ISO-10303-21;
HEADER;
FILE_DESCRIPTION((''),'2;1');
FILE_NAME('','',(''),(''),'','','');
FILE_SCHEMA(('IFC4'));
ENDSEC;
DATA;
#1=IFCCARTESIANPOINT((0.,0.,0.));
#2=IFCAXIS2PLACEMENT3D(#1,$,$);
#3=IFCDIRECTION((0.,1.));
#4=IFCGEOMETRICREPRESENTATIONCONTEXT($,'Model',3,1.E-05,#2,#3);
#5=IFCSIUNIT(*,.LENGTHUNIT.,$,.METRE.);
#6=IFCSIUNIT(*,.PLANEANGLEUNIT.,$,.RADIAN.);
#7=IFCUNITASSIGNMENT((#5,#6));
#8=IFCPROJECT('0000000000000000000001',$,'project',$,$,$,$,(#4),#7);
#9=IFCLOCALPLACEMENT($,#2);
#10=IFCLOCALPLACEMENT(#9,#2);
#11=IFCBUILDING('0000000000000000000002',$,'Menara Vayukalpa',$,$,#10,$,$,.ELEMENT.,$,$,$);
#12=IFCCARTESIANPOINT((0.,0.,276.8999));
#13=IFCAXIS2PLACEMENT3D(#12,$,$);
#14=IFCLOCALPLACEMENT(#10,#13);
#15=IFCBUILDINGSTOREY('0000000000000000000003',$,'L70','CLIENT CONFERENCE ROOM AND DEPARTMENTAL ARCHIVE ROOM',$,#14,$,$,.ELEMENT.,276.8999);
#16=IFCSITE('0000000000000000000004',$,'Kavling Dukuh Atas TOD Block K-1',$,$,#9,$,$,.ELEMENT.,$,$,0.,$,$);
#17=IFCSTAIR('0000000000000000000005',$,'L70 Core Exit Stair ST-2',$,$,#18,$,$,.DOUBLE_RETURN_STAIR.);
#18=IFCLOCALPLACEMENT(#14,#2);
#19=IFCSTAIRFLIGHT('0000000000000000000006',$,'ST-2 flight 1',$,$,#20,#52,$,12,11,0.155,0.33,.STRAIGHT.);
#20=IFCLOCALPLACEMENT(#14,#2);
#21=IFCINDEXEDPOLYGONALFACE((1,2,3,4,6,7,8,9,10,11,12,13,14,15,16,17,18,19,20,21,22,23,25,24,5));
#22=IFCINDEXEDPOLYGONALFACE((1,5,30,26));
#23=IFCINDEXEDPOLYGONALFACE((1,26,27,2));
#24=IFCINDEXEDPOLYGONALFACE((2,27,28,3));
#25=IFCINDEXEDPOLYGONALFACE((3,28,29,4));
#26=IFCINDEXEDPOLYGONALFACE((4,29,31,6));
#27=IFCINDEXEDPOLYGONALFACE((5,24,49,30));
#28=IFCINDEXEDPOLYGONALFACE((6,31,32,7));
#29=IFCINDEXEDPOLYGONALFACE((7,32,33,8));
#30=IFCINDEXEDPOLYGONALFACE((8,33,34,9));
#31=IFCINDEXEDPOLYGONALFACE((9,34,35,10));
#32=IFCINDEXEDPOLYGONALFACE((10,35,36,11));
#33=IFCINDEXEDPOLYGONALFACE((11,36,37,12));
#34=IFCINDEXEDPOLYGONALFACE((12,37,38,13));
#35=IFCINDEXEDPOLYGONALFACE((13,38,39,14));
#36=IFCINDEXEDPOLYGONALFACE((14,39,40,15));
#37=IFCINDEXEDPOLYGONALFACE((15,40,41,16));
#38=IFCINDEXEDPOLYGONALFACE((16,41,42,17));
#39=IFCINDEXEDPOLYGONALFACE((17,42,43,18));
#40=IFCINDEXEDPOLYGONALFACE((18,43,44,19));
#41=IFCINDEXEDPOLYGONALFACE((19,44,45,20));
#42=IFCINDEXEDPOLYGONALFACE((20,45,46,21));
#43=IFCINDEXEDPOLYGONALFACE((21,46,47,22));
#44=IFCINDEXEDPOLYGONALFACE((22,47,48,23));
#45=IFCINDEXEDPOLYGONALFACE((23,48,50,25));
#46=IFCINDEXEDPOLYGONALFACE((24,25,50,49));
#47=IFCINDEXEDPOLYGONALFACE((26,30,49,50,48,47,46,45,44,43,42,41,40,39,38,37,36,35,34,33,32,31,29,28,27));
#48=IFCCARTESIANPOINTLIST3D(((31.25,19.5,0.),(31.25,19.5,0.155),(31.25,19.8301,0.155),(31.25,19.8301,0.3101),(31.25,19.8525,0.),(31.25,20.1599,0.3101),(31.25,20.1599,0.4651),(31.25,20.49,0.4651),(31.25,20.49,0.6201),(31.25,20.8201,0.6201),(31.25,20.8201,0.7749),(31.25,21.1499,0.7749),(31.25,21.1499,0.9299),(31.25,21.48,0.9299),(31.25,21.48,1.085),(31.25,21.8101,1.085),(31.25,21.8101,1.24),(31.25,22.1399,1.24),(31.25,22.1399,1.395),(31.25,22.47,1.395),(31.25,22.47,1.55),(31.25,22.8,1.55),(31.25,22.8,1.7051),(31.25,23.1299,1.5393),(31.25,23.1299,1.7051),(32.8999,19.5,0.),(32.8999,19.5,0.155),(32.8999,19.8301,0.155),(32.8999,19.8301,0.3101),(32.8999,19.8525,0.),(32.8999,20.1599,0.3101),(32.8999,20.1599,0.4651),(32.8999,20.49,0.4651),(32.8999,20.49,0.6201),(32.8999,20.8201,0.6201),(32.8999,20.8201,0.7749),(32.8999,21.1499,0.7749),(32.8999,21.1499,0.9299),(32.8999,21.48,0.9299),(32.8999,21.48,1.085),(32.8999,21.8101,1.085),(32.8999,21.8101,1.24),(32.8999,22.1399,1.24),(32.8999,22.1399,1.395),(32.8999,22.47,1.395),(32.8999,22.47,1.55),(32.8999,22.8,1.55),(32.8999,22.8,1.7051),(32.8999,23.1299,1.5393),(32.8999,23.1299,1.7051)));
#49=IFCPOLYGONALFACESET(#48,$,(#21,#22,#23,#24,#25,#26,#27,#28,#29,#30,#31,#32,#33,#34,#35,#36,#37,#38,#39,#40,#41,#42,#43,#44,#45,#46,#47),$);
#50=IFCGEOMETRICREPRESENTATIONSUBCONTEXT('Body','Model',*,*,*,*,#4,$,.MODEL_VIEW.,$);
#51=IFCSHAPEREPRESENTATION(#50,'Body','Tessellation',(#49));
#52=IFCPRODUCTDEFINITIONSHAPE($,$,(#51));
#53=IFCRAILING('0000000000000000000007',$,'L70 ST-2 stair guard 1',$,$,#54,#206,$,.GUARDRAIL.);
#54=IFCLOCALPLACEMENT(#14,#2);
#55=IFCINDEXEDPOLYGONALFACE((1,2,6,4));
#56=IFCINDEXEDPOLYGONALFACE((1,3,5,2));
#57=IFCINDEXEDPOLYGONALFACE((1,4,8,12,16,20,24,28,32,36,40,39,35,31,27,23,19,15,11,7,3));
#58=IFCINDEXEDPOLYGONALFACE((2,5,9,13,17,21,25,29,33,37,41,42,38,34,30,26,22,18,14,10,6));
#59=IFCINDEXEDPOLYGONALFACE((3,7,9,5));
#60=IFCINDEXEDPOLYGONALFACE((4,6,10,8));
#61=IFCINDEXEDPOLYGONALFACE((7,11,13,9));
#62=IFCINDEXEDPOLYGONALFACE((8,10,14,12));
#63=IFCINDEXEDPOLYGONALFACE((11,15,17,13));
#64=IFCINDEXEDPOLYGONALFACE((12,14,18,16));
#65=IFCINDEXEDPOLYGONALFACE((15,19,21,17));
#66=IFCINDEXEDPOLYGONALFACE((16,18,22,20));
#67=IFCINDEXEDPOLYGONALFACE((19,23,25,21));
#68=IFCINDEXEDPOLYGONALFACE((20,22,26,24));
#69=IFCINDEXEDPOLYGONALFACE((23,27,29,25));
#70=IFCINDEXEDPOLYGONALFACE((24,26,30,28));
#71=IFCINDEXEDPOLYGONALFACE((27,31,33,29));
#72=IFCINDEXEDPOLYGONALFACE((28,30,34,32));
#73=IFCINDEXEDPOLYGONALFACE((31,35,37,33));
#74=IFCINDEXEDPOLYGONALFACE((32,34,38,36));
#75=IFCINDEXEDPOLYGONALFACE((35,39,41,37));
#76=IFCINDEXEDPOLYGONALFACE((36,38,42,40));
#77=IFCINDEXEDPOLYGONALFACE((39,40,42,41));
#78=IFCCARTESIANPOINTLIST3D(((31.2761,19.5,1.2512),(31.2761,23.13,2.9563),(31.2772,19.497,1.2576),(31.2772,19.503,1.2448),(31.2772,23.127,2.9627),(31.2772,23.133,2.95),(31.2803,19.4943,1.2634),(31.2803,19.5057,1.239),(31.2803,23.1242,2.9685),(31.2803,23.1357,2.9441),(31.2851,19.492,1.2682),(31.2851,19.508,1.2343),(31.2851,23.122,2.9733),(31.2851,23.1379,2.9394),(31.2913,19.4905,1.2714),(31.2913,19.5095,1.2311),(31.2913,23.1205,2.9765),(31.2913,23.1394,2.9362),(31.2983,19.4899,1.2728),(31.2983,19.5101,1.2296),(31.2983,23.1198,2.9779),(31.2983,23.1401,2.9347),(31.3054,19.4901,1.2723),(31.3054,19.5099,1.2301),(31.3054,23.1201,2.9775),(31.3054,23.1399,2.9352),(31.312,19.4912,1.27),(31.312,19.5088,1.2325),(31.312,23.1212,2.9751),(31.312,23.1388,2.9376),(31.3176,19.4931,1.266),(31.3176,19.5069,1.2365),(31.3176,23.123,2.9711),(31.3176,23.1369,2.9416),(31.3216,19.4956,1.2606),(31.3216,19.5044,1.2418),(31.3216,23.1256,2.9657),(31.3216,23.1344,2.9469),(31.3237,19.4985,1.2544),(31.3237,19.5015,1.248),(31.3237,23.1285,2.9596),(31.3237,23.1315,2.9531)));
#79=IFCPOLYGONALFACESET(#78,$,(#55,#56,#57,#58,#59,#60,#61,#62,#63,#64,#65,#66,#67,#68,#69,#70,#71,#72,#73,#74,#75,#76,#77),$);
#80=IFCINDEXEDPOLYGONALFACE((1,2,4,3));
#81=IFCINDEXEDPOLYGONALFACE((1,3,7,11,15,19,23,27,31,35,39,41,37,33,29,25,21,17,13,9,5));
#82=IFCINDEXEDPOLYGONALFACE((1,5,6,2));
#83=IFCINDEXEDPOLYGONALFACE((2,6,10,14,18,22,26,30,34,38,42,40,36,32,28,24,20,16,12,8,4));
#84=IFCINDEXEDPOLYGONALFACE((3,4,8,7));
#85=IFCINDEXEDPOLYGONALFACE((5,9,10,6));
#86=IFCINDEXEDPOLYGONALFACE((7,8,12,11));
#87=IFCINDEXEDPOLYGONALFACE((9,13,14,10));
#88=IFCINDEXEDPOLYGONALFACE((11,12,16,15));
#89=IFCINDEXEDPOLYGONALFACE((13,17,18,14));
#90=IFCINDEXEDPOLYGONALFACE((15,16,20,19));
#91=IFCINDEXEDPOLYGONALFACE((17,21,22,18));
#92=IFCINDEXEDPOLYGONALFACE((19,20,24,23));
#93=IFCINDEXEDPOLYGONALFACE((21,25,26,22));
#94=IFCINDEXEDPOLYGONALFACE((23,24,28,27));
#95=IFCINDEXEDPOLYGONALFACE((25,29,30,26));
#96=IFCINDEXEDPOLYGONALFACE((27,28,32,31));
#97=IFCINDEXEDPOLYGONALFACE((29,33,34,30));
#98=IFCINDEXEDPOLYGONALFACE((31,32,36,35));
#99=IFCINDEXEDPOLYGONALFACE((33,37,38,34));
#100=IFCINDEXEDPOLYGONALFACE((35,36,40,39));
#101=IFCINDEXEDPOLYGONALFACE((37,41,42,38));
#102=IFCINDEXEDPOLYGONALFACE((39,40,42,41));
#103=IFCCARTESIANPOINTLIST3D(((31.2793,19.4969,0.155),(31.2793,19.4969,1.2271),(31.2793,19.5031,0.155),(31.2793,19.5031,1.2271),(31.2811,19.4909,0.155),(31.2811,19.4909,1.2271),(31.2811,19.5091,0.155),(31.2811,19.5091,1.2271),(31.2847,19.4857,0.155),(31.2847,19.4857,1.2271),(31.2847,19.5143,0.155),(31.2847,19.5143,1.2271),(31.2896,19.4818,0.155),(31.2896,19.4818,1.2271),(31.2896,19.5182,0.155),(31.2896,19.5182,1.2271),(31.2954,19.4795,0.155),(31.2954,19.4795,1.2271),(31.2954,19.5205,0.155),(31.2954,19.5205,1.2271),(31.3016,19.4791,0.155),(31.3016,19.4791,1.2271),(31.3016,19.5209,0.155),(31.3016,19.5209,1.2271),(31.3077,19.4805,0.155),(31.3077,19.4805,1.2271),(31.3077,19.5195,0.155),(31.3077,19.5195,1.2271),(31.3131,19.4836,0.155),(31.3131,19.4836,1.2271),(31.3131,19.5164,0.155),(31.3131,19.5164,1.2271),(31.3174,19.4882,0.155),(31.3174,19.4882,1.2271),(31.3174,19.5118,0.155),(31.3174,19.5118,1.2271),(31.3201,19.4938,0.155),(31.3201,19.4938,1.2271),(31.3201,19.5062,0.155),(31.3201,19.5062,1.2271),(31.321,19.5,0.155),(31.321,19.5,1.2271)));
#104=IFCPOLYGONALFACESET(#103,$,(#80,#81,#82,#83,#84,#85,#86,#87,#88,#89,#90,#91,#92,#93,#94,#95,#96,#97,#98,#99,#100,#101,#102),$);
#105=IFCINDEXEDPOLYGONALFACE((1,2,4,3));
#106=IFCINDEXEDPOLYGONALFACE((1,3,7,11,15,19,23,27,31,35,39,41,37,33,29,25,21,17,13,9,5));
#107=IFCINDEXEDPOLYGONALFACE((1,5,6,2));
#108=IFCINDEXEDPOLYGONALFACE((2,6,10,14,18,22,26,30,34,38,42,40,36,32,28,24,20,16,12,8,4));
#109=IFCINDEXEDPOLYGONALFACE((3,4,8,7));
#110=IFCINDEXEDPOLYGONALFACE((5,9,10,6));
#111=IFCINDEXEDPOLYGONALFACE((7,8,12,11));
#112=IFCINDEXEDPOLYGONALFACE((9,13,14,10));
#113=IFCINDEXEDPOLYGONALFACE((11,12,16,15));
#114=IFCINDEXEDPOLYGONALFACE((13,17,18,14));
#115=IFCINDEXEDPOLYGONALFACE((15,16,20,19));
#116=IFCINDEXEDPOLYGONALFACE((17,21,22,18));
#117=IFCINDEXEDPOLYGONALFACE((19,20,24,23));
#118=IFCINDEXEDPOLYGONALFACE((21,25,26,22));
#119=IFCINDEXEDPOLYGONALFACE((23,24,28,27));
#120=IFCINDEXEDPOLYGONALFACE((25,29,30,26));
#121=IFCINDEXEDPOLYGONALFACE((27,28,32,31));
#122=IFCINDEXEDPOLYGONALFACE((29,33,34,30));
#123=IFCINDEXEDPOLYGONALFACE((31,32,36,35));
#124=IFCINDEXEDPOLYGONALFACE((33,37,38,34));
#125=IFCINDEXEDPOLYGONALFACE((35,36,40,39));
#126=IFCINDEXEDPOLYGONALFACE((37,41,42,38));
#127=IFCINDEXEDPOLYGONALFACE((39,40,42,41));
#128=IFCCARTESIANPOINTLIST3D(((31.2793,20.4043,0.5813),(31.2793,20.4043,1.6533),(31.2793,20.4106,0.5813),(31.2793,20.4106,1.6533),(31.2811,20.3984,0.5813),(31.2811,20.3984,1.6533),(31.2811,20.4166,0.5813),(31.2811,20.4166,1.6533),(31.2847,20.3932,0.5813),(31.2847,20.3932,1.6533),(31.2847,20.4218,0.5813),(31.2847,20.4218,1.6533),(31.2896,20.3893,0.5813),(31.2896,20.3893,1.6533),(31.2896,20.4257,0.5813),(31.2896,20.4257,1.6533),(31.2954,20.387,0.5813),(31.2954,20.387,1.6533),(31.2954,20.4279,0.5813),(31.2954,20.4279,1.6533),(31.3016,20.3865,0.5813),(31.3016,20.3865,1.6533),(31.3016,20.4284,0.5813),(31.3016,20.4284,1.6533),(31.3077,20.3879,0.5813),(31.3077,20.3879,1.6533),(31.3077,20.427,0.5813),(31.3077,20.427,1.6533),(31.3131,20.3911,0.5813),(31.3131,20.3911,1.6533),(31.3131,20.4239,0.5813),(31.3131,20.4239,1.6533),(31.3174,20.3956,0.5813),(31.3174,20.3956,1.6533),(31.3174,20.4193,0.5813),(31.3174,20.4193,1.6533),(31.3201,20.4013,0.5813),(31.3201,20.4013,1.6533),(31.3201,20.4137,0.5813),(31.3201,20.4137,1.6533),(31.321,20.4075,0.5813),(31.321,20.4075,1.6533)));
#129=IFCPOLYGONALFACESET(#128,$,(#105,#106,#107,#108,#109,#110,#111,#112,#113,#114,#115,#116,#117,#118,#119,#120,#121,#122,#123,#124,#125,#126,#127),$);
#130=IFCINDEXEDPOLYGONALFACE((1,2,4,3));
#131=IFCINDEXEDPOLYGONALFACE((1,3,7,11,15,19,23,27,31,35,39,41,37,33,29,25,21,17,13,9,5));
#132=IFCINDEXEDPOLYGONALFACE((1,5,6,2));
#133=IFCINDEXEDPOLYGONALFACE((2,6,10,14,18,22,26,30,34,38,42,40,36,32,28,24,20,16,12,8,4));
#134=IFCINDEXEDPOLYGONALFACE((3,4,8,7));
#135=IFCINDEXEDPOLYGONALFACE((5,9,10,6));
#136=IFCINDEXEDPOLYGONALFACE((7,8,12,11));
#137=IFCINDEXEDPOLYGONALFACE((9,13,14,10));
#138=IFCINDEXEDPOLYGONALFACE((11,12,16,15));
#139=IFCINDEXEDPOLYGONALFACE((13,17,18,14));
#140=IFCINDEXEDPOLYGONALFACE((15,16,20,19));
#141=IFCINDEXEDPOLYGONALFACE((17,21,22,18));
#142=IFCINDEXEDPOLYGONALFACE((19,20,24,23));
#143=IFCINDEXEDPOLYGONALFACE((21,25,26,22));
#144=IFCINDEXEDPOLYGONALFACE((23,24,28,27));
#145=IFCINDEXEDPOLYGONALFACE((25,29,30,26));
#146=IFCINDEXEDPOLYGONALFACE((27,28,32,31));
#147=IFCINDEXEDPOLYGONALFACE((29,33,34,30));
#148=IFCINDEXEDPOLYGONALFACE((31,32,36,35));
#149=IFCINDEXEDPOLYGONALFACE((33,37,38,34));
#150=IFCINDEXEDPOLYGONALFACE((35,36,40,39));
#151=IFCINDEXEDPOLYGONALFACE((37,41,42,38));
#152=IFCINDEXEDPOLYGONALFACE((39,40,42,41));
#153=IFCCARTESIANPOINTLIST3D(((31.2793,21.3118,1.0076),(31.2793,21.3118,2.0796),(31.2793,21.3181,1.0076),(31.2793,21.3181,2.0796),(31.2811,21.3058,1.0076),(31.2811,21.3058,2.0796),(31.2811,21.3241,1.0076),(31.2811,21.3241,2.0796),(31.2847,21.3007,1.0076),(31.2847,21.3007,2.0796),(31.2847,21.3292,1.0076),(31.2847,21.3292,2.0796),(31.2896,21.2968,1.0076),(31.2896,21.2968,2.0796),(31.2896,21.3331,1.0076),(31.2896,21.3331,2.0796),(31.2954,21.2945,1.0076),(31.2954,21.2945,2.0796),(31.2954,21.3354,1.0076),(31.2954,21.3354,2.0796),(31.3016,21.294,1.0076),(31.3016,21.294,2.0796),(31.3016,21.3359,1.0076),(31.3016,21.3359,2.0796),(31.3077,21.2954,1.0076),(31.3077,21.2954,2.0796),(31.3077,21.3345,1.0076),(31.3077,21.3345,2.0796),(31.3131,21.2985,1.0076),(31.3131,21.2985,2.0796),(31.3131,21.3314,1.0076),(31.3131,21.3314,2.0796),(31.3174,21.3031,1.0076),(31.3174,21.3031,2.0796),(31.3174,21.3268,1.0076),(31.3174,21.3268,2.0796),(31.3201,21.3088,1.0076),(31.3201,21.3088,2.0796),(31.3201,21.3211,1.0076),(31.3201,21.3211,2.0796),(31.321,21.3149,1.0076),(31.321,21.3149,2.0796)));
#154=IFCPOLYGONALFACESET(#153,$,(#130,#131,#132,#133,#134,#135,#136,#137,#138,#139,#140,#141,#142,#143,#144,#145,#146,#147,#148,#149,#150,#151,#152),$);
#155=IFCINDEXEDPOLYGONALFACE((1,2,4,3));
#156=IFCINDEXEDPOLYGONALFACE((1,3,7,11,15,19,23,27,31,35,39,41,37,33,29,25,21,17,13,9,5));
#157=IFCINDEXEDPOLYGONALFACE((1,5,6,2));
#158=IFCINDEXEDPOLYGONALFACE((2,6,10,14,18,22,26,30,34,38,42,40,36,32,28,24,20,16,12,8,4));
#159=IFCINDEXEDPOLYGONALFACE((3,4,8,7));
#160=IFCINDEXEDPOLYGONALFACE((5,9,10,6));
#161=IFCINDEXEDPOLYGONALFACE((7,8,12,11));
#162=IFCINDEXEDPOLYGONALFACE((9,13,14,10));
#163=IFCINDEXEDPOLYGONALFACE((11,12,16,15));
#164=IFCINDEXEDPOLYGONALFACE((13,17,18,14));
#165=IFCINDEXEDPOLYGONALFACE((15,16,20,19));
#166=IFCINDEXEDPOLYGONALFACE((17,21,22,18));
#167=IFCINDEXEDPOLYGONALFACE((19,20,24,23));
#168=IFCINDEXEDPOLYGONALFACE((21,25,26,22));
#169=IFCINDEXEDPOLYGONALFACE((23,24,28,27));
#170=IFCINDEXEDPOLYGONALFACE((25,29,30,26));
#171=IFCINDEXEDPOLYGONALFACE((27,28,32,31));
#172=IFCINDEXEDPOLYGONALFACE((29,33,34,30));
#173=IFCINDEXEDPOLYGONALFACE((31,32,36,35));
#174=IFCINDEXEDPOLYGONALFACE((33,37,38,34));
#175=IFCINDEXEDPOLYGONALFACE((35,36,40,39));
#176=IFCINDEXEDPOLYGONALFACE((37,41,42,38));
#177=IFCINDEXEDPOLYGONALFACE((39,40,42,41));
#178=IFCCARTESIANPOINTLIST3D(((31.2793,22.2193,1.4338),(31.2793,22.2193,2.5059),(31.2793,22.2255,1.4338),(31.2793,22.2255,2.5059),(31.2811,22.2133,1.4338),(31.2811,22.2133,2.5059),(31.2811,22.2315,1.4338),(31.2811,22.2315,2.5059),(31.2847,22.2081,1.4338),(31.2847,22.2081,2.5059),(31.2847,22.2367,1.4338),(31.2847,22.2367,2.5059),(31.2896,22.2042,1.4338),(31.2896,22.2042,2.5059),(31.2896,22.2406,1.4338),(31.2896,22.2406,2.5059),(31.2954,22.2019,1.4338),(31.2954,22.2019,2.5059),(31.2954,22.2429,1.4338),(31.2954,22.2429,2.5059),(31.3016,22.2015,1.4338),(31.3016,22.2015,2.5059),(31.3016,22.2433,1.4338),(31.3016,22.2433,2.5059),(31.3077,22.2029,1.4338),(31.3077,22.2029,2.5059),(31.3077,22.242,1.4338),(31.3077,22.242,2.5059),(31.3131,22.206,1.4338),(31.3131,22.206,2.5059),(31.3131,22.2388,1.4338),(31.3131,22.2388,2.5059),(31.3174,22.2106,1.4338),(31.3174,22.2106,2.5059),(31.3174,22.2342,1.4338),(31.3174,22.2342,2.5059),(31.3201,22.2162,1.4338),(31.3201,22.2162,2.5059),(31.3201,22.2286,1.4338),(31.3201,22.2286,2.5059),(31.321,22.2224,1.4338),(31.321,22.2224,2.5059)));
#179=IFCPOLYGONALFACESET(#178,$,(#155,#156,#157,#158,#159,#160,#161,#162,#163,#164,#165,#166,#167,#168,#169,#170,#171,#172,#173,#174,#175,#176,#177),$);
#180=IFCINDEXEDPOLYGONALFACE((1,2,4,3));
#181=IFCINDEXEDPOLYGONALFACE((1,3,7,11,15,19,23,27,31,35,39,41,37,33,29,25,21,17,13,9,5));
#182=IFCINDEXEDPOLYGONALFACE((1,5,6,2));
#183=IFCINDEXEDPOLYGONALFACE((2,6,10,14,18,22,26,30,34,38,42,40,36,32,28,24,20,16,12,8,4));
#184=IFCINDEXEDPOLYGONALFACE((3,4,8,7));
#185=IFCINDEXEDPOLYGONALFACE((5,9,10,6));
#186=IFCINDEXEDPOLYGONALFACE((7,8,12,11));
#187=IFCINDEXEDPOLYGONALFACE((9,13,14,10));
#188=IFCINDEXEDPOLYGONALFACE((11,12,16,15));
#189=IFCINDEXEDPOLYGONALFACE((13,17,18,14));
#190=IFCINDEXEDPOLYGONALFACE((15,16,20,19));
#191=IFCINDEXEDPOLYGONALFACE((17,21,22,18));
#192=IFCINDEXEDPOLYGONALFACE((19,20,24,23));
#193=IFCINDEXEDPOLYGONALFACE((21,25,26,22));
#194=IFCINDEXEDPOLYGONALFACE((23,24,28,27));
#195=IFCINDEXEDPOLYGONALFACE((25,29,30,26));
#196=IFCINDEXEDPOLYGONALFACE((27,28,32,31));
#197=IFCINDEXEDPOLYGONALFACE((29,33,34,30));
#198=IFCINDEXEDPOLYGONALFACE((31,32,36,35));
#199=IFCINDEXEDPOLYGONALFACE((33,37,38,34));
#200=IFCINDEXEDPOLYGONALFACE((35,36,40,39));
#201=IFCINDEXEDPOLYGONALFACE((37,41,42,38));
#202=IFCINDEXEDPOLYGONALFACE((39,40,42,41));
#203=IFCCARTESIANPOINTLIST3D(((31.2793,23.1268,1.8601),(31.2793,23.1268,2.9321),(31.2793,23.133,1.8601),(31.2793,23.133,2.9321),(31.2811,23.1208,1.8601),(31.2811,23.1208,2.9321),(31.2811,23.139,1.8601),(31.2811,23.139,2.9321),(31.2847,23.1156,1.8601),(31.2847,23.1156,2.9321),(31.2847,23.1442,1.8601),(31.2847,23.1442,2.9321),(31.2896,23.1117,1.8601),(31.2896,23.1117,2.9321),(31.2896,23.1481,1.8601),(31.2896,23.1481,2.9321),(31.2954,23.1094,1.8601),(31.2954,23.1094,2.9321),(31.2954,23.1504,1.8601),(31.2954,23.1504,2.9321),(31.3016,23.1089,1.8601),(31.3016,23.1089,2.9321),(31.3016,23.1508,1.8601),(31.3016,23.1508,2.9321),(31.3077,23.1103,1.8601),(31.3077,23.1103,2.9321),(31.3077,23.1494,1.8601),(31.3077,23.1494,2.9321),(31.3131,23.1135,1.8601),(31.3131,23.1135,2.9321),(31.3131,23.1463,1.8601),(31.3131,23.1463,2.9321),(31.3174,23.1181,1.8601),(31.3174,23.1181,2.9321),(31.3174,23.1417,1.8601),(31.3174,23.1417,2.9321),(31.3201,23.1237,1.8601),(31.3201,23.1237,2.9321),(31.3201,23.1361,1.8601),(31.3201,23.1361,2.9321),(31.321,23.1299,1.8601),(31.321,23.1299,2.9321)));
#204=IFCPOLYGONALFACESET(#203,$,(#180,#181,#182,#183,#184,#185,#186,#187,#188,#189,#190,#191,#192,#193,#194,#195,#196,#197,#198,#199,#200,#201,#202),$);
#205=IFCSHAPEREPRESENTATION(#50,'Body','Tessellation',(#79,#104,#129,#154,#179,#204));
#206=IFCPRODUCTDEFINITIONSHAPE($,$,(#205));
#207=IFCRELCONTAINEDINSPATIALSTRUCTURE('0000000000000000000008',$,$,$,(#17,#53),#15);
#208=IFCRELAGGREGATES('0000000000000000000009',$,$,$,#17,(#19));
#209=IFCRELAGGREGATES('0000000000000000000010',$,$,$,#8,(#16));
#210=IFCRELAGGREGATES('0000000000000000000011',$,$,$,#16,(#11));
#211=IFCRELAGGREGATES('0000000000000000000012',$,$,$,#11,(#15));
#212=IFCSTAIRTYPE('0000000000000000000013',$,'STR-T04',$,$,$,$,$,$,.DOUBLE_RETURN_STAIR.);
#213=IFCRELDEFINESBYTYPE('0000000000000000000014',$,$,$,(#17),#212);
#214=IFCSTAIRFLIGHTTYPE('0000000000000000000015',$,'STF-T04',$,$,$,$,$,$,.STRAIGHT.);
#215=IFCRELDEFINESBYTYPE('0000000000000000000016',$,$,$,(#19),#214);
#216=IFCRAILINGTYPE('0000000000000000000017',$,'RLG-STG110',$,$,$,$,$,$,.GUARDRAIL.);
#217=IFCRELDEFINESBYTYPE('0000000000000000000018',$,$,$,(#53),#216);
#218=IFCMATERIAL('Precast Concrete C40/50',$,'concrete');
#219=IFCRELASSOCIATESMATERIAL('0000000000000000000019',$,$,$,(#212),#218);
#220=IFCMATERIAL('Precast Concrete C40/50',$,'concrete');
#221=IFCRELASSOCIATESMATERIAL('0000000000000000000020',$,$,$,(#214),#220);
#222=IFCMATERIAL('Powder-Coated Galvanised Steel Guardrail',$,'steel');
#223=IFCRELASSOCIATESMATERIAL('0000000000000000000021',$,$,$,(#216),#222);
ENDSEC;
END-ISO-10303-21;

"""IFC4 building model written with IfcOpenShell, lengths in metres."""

from ifc_helpers import new_model, si_unit, direction, frame, origin, origin_2d, place, context, subcontext, project, spatial, polyline, circle, outline, extrude, material, type_object, element, aggregate, save


model = new_model("IFC4")

# Units and contexts
model_context = context("Model", 3, precision=1e-05, world=origin(), true_north=direction((0.0, 1.0)))
body_context = subcontext(model_context, "Body", "Model", "MODEL_VIEW")
ifc_project = project(units=[si_unit("LENGTHUNIT", "METRE"), si_unit("PLANEANGLEUNIT", "RADIAN")], contexts=[model_context])

# Site, building, storey
site_placement = place(None, origin())
site = spatial("IfcSite", under=ifc_project, at=site_placement, Name="Kavling Dukuh Atas TOD Block K-1", CompositionType="ELEMENT", RefElevation=0.0)
building_placement = place(site_placement, origin())
building = spatial("IfcBuilding", under=site, at=building_placement, Name="Menara Vayukalpa", CompositionType="ELEMENT")
storey_placement = place(building_placement, frame((0.0, 0.0, 276.8999)))
storey = spatial("IfcBuildingStorey", under=building, at=storey_placement, Name="L70", Description="CLIENT CONFERENCE ROOM AND DEPARTMENTAL ARCHIVE ROOM", CompositionType="ELEMENT", Elevation=276.8999)

# Stair, stair flight
ifc_material_1 = material(Name="Precast Concrete C40/50", Category="concrete")
stair_type = type_object("IfcStairType", Name="STR-T04", PredefinedType="DOUBLE_RETURN_STAIR", material=ifc_material_1)
stair_placement = place(storey_placement, origin())
stair = element("IfcStair", 1, at=stair_placement, inside=storey, type_object=stair_type, Name="L70 Core Exit Stair ST-2", PredefinedType="DOUBLE_RETURN_STAIR")
ifc_material_2 = material(Name="Precast Concrete C40/50", Category="concrete")
stair_flight_type = type_object("IfcStairFlightType", Name="STF-T04", PredefinedType="STRAIGHT", material=ifc_material_2)
stair_flight_placement = place(storey_placement, frame((32.075, 19.5, 0.0), z_axis=(0.0, 0.0, 1.0), x_axis=(0.0, 1.0, 0.0)))
stair_flight = element("IfcStairFlight", 2, at=stair_flight_placement, type_object=stair_flight_type, Name="ST-2 flight 1", NumberOfRisers=12, NumberOfTreads=11, PredefinedType="STRAIGHT", RiserHeight=0.155, TreadLength=0.33, context=body_context, shape_type="SweptSolid", body=[
    extrude(outline(polyline([(0.0, 0.0), (0.0, 0.155), (0.3301, 0.155), (0.3301, 0.3101), (0.6599, 0.3101), (0.6599, 0.4651), (0.99, 0.4651), (0.99, 0.6201), (1.3201, 0.6201), (1.3201, 0.7749), (1.6499, 0.7749), (1.6499, 0.9299), (1.98, 0.9299), (1.98, 1.085), (2.3101, 1.085), (2.3101, 1.24), (2.6399, 1.24), (2.6399, 1.395), (2.97, 1.395), (2.97, 1.55), (3.3, 1.55), (3.3, 1.7051), (3.6299, 1.7051), (3.6299, 1.8601), (3.6299, 1.5393), (0.3525, 0.0), (0.0, 0.0)])), frame((0.0, 0.825, 0.0), z_axis=(0.0, -1.0, 0.0), x_axis=(1.0, 0.0, 0.0)), (0.0, 0.0, 1.0), 1.6499),
])
aggregate(stair, [stair_flight])

# Railing
ifc_material_3 = material(Name="Powder-Coated Galvanised Steel Guardrail", Category="steel")
railing_type_1 = type_object("IfcRailingType", Name="RLG-STG110", PredefinedType="GUARDRAIL", material=ifc_material_3)
railing_1_placement = place(storey_placement, frame((31.3, 19.5, 0.155)))
element("IfcRailing", 3, at=railing_1_placement, inside=storey, type_object=railing_type_1, Name="L70 ST-2 stair guard 1", PredefinedType="GUARDRAIL", context=body_context, shape_type="SweptSolid", body=[
    extrude(circle(Radius=0.0239, at=origin_2d()), frame((0.0, 0.0, 1.0962), z_axis=(0.0, 0.905116, 0.425164), x_axis=(-1.0, 0.0, 0.0)), (0.0, 0.0, 1.0), 4.0105),
    extrude(circle(Radius=0.021, at=origin_2d()), origin(), (0.0, 0.0, 1.0), 1.072),
    extrude(circle(Radius=0.021, at=origin_2d()), frame((0.0, 0.9075, 0.4263)), (0.0, 0.0, 1.0), 1.072),
    extrude(circle(Radius=0.021, at=origin_2d()), frame((0.0, 1.8149, 0.8525)), (0.0, 0.0, 1.0), 1.072),
    extrude(circle(Radius=0.021, at=origin_2d()), frame((0.0, 2.7224, 1.2788)), (0.0, 0.0, 1.0), 1.072),
    extrude(circle(Radius=0.021, at=origin_2d()), frame((0.0, 3.6299, 1.7051)), (0.0, 0.0, 1.0), 1.072),
])

save(model, "model.ifc")
